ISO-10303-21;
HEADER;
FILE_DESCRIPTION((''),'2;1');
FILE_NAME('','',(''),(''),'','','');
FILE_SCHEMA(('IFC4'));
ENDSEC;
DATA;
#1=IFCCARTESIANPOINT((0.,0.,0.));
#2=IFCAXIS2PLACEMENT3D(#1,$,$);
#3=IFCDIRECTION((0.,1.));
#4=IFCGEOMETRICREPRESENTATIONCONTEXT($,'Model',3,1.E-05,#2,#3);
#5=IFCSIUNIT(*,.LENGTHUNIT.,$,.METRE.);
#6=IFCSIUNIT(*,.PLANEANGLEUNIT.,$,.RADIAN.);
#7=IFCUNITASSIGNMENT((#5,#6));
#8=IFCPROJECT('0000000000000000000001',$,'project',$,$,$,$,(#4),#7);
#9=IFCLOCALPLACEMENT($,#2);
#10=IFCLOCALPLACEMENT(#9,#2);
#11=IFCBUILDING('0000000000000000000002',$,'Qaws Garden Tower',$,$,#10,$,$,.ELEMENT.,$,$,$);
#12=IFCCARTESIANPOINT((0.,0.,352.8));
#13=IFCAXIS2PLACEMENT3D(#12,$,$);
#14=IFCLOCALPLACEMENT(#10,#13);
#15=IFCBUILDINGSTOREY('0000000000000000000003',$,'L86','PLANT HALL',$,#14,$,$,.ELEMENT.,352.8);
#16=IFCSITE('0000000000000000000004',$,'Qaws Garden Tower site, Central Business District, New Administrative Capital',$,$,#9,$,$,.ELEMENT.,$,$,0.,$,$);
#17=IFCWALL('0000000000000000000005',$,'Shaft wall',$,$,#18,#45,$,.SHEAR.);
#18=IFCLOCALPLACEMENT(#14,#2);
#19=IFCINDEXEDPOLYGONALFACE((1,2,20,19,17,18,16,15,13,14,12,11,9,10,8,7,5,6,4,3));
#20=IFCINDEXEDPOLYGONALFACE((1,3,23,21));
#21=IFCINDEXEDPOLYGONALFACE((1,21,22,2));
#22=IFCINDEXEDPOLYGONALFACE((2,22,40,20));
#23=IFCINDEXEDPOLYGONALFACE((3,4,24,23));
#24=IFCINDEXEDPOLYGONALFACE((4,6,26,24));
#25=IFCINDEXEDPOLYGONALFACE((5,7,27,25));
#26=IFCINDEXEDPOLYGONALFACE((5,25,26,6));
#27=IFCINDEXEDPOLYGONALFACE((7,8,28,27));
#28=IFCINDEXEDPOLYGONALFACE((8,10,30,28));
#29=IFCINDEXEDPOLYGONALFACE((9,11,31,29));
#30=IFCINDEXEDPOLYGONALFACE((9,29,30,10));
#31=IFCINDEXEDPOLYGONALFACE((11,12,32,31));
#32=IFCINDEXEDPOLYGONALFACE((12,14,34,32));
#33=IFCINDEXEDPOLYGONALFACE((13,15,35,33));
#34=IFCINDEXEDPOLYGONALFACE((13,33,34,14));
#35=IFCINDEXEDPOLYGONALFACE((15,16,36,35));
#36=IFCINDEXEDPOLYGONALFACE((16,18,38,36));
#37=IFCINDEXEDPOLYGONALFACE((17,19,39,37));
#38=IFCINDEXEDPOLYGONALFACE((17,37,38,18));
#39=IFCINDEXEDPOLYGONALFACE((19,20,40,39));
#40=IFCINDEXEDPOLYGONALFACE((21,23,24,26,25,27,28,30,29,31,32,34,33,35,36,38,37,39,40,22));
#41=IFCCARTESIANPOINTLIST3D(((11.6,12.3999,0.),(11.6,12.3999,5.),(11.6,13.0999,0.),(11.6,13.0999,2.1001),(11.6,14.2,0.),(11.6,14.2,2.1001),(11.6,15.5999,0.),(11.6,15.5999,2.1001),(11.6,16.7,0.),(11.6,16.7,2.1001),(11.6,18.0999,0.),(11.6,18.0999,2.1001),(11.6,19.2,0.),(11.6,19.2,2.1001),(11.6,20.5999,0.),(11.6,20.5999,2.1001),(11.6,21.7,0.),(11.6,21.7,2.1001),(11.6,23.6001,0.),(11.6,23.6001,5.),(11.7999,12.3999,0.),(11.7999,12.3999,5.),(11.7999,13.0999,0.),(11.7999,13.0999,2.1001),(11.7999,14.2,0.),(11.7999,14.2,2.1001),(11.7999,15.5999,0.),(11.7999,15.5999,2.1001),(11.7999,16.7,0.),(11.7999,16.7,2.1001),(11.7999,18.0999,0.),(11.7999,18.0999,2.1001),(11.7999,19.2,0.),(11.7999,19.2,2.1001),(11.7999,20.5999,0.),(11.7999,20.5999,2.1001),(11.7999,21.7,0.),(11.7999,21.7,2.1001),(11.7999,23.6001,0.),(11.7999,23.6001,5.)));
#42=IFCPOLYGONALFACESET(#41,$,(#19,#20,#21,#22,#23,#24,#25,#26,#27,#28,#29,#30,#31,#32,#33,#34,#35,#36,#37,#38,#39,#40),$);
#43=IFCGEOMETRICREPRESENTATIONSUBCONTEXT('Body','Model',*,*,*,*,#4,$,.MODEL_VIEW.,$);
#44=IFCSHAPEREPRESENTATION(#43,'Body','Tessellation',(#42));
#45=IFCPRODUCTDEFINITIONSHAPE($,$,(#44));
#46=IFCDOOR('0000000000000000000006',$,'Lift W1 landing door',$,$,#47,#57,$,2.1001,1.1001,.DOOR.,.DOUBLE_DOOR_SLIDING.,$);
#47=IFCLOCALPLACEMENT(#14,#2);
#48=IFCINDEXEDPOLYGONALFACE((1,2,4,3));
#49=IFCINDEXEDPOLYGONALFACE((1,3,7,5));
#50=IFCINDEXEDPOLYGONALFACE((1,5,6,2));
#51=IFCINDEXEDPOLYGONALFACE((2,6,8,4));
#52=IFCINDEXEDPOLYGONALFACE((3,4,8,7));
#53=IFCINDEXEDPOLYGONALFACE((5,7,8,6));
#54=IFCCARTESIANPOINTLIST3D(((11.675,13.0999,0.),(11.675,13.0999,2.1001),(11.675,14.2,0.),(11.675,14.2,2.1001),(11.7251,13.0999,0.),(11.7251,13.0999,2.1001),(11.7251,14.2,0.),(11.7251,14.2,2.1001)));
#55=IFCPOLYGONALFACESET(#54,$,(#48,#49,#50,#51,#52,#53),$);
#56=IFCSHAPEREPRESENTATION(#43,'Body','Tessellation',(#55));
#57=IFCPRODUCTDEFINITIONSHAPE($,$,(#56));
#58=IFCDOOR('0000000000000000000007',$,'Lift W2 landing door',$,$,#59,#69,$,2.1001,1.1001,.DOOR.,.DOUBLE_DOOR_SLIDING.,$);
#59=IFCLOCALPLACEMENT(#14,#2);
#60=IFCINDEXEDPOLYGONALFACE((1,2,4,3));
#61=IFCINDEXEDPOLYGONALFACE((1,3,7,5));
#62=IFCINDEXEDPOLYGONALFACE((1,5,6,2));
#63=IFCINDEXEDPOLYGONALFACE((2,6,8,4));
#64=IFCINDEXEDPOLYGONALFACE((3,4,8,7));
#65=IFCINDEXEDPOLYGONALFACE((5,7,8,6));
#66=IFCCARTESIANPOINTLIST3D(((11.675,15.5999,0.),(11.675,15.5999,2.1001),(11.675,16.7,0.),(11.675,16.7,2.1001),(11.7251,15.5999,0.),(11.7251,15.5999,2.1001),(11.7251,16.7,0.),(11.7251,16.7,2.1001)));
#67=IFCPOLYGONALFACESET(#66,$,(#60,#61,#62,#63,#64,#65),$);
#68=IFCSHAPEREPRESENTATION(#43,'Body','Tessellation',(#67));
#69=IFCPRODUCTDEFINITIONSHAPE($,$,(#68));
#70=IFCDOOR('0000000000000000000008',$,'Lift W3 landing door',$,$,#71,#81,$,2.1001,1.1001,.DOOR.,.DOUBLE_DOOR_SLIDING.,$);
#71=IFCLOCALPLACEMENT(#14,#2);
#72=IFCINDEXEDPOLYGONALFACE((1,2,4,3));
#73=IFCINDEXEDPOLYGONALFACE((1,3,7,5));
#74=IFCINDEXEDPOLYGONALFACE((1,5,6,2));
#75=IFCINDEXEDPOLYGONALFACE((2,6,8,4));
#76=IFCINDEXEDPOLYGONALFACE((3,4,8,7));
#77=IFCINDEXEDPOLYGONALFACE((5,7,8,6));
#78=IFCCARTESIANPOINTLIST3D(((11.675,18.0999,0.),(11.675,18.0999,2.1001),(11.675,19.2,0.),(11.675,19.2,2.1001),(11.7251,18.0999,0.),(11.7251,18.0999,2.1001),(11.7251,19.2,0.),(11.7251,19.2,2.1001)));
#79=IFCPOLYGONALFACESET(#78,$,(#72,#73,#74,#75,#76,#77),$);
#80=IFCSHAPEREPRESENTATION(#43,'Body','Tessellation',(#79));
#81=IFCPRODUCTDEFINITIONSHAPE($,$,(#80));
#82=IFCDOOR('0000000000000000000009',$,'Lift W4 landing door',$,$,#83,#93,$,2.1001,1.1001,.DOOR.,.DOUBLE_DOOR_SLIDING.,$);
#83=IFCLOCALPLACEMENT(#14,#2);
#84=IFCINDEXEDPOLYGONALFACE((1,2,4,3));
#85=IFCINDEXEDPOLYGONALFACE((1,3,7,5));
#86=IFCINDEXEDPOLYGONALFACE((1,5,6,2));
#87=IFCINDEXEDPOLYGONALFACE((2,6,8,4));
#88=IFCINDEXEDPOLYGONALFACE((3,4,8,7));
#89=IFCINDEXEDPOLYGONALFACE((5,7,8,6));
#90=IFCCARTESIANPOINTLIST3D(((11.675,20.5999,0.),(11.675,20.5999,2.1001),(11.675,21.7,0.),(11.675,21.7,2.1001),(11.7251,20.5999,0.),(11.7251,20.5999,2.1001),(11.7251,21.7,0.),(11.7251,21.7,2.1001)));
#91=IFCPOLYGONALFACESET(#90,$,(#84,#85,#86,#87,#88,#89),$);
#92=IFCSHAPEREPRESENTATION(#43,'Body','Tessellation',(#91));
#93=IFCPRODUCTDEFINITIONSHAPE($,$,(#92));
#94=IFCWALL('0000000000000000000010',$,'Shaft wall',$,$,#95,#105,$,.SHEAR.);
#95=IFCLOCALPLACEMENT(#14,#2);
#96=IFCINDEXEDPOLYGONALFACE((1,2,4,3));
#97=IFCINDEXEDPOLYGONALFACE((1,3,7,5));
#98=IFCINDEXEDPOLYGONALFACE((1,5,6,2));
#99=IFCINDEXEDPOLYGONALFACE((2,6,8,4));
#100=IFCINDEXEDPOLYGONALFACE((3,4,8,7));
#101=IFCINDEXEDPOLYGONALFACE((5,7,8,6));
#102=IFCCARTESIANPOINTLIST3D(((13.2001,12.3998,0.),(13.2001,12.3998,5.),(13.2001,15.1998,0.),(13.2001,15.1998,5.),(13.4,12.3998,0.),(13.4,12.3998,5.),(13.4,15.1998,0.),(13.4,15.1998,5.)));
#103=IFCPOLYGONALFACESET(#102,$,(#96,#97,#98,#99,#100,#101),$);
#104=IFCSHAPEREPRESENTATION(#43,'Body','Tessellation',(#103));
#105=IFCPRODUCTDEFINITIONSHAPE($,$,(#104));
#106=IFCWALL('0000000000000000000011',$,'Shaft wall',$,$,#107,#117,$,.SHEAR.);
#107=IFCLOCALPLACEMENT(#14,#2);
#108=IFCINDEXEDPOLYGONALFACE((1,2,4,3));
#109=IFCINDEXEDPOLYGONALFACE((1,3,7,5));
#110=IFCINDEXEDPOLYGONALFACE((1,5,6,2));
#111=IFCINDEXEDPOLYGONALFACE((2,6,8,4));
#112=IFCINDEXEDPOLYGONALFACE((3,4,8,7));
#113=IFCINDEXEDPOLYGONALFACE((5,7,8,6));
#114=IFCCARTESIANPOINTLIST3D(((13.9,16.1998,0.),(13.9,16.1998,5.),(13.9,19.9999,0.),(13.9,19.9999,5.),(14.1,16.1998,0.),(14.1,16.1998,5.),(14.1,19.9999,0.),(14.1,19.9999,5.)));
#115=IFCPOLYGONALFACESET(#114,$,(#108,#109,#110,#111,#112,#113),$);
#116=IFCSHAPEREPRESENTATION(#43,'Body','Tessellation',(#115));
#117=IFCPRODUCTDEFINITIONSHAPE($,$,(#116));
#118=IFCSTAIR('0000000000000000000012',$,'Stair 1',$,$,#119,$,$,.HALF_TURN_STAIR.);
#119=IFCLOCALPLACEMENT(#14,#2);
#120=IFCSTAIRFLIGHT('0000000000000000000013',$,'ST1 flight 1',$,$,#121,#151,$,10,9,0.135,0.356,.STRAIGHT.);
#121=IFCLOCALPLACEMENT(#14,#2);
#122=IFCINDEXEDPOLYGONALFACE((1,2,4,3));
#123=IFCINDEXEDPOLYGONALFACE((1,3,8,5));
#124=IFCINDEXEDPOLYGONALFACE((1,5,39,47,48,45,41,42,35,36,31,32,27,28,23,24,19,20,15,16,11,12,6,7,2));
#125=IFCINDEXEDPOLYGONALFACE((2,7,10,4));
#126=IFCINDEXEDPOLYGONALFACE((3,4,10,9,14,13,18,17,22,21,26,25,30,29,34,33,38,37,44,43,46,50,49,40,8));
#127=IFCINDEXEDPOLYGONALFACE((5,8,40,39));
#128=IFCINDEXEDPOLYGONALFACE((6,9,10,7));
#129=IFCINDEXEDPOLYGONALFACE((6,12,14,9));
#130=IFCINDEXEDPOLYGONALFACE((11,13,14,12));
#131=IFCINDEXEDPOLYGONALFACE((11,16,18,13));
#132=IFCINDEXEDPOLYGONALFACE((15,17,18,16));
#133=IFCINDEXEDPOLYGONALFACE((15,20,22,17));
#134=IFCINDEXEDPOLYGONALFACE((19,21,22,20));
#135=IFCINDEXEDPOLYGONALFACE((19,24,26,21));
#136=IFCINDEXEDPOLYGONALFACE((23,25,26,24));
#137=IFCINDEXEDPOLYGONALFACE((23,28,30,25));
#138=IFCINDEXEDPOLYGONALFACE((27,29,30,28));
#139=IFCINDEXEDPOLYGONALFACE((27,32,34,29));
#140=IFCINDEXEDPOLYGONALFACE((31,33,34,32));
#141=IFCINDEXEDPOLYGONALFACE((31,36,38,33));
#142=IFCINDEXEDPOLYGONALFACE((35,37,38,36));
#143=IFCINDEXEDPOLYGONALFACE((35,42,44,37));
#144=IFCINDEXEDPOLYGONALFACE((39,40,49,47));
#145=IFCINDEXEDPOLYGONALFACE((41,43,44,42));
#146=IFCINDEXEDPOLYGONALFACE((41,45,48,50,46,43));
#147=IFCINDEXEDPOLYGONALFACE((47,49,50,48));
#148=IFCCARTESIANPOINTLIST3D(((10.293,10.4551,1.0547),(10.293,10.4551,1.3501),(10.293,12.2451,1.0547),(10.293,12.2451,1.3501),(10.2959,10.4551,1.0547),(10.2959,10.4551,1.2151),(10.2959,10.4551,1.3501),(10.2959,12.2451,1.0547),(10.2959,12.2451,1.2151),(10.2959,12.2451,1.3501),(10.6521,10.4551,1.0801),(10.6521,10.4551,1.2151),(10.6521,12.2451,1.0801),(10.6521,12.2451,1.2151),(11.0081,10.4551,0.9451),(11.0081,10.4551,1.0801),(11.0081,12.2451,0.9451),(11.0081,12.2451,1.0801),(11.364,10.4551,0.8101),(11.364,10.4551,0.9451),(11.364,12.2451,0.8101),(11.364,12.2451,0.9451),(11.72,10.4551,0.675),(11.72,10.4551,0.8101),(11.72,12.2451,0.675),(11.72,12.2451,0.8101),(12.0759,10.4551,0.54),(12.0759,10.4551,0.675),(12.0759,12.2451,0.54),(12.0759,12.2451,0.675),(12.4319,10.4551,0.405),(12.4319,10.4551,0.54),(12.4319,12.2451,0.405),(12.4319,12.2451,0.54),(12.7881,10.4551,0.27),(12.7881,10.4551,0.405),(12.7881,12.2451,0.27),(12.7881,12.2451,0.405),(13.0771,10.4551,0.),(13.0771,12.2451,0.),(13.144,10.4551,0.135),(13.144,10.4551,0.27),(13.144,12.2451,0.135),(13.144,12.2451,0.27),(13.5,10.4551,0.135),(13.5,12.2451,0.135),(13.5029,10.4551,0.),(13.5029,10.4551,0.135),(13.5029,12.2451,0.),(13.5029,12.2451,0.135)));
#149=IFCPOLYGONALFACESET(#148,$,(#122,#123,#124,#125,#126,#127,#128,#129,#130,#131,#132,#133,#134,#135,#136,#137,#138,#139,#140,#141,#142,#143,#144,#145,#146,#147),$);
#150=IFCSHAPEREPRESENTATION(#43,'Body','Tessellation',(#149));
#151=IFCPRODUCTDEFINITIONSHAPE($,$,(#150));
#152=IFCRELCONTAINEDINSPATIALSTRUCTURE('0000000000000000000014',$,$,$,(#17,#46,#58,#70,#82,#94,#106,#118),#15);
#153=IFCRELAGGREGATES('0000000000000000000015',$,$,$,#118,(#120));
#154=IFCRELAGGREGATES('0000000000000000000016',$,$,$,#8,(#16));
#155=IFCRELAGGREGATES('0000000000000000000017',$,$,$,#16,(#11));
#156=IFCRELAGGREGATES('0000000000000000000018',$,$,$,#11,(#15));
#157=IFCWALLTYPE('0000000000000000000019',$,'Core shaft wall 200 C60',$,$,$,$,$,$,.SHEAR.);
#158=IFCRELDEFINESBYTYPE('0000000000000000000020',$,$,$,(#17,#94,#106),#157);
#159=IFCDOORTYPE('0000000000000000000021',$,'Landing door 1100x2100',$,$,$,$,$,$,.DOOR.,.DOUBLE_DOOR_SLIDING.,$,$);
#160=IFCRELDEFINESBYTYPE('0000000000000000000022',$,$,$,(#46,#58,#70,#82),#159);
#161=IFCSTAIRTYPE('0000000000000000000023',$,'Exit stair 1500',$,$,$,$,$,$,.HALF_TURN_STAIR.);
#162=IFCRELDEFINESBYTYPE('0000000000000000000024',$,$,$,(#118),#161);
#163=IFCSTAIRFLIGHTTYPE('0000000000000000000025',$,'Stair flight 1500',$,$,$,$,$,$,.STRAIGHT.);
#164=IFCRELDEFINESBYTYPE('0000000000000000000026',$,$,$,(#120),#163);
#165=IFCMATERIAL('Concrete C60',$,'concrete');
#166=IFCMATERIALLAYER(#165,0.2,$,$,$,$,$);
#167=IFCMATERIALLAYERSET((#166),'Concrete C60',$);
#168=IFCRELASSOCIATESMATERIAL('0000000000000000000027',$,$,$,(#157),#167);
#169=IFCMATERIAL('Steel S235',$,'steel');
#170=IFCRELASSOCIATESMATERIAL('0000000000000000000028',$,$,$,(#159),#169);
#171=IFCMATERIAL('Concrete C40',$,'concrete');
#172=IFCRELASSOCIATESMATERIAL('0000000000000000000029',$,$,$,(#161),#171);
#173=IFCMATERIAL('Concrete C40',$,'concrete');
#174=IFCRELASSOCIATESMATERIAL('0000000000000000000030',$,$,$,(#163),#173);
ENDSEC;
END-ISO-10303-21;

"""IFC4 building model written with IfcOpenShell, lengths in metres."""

from ifc_helpers import new_model, si_unit, direction, frame, frame_2d, origin, place, context, subcontext, project, spatial, polyline, rectangle, outline, extrude, material, layer, layer_set, type_object, element, fill, aggregate, save


model = new_model("IFC4")

# Units and contexts
model_context = context("Model", 3, precision=1e-05, world=origin(), true_north=direction((0.0, 1.0)))
body_context = subcontext(model_context, "Body", "Model", "MODEL_VIEW")
ifc_project = project(units=[si_unit("LENGTHUNIT", "METRE"), si_unit("PLANEANGLEUNIT", "RADIAN")], contexts=[model_context])

# Site, building, storey
site_placement = place(None, origin())
site = spatial("IfcSite", under=ifc_project, at=site_placement, Name="Qaws Garden Tower site, Central Business District, New Administrative Capital", CompositionType="ELEMENT", RefElevation=0.0)
building_placement = place(site_placement, origin())
building = spatial("IfcBuilding", under=site, at=building_placement, Name="Qaws Garden Tower", CompositionType="ELEMENT")
storey_placement = place(building_placement, frame((0.0, 0.0, 352.8)))
storey = spatial("IfcBuildingStorey", under=building, at=storey_placement, Name="L86", Description="PLANT HALL", CompositionType="ELEMENT", Elevation=352.8)

# Shared definitions
ifc_material_1 = material(Name="Concrete C60", Category="concrete")
ifc_layer = layer(ifc_material_1, 0.2)
ifc_layer_set = layer_set([ifc_layer], Name="Concrete C60")
wall_type = type_object("IfcWallType", Name="Core shaft wall 200 C60", PredefinedType="SHEAR", material=ifc_layer_set)

# Shared definitions
ifc_material_2 = material(Name="Steel S235", Category="steel")
door_type_1 = type_object("IfcDoorType", Name="Landing door 1100x2100", OperationType="DOUBLE_DOOR_SLIDING", PredefinedType="DOOR", material=ifc_material_2)

# Wall, openings, doors
wall_1_placement = place(storey_placement, frame((11.7, 12.3999, 0.0), z_axis=(0.0, 0.0, 1.0), x_axis=(0.0, 1.0, 0.0)))
wall_1 = element("IfcWall", 1, at=wall_1_placement, inside=storey, type_object=wall_type, Name="Shaft wall", PredefinedType="SHEAR", context=body_context, shape_type="SweptSolid", body=[
    extrude(rectangle(XDim=11.2002, YDim=0.2, at=frame_2d((5.6001, 0.0))), origin(), (0.0, 0.0, 1.0), 5.0),
])
opening_1_placement = place(wall_1_placement, frame((0.7, 0.0, 0.0)))
opening_1 = element("IfcOpeningElement", 2, at=opening_1_placement, cuts=wall_1, PredefinedType="OPENING", context=body_context, shape_type="SweptSolid", body=[
    extrude(rectangle(XDim=1.1001, YDim=2.1001, at=frame_2d((0.55, 1.05))), frame((0.0, 0.1099, 0.0), z_axis=(0.0, -1.0, 0.0), x_axis=(1.0, 0.0, 0.0)), (0.0, 0.0, 1.0), 0.22),
])
opening_2_placement = place(wall_1_placement, frame((3.2, 0.0, 0.0)))
opening_2 = element("IfcOpeningElement", 3, at=opening_2_placement, cuts=wall_1, PredefinedType="OPENING", context=body_context, shape_type="SweptSolid", body=[
    extrude(rectangle(XDim=1.1001, YDim=2.1001, at=frame_2d((0.55, 1.05))), frame((0.0, 0.1099, 0.0), z_axis=(0.0, -1.0, 0.0), x_axis=(1.0, 0.0, 0.0)), (0.0, 0.0, 1.0), 0.22),
])
opening_3_placement = place(wall_1_placement, frame((5.7, 0.0, 0.0)))
opening_3 = element("IfcOpeningElement", 4, at=opening_3_placement, cuts=wall_1, PredefinedType="OPENING", context=body_context, shape_type="SweptSolid", body=[
    extrude(rectangle(XDim=1.1001, YDim=2.1001, at=frame_2d((0.55, 1.05))), frame((0.0, 0.1099, 0.0), z_axis=(0.0, -1.0, 0.0), x_axis=(1.0, 0.0, 0.0)), (0.0, 0.0, 1.0), 0.22),
])
opening_4_placement = place(wall_1_placement, frame((8.2, 0.0, 0.0)))
opening_4 = element("IfcOpeningElement", 5, at=opening_4_placement, cuts=wall_1, PredefinedType="OPENING", context=body_context, shape_type="SweptSolid", body=[
    extrude(rectangle(XDim=1.1001, YDim=2.1001, at=frame_2d((0.55, 1.05))), frame((0.0, 0.1099, 0.0), z_axis=(0.0, -1.0, 0.0), x_axis=(1.0, 0.0, 0.0)), (0.0, 0.0, 1.0), 0.22),
])
door_1_placement = place(opening_1_placement, origin())
door_1 = element("IfcDoor", 6, at=door_1_placement, inside=storey, type_object=door_type_1, Name="Lift W1 landing door", OperationType="DOUBLE_DOOR_SLIDING", OverallHeight=2.1001, OverallWidth=1.1001, PredefinedType="DOOR", context=body_context, shape_type="SweptSolid", body=[
    extrude(rectangle(XDim=1.1001, YDim=2.1001, at=frame_2d((0.55, 1.05))), frame((0.0, 0.0249, 0.0), z_axis=(0.0, -1.0, 0.0), x_axis=(1.0, 0.0, 0.0)), (0.0, 0.0, 1.0), 0.05),
])
fill(opening_1, door_1)
door_2_placement = place(opening_2_placement, origin())
door_2 = element("IfcDoor", 7, at=door_2_placement, inside=storey, type_object=door_type_1, Name="Lift W2 landing door", OperationType="DOUBLE_DOOR_SLIDING", OverallHeight=2.1001, OverallWidth=1.1001, PredefinedType="DOOR", context=body_context, shape_type="SweptSolid", body=[
    extrude(rectangle(XDim=1.1001, YDim=2.1001, at=frame_2d((0.55, 1.05))), frame((0.0, 0.0249, 0.0), z_axis=(0.0, -1.0, 0.0), x_axis=(1.0, 0.0, 0.0)), (0.0, 0.0, 1.0), 0.05),
])
fill(opening_2, door_2)
door_3_placement = place(opening_3_placement, origin())
door_3 = element("IfcDoor", 8, at=door_3_placement, inside=storey, type_object=door_type_1, Name="Lift W3 landing door", OperationType="DOUBLE_DOOR_SLIDING", OverallHeight=2.1001, OverallWidth=1.1001, PredefinedType="DOOR", context=body_context, shape_type="SweptSolid", body=[
    extrude(rectangle(XDim=1.1001, YDim=2.1001, at=frame_2d((0.55, 1.05))), frame((0.0, 0.0249, 0.0), z_axis=(0.0, -1.0, 0.0), x_axis=(1.0, 0.0, 0.0)), (0.0, 0.0, 1.0), 0.05),
])
fill(opening_3, door_3)
door_4_placement = place(opening_4_placement, origin())
door_4 = element("IfcDoor", 9, at=door_4_placement, inside=storey, type_object=door_type_1, Name="Lift W4 landing door", OperationType="DOUBLE_DOOR_SLIDING", OverallHeight=2.1001, OverallWidth=1.1001, PredefinedType="DOOR", context=body_context, shape_type="SweptSolid", body=[
    extrude(rectangle(XDim=1.1001, YDim=2.1001, at=frame_2d((0.55, 1.05))), frame((0.0, 0.0249, 0.0), z_axis=(0.0, -1.0, 0.0), x_axis=(1.0, 0.0, 0.0)), (0.0, 0.0, 1.0), 0.05),
])
fill(opening_4, door_4)

# Walls
wall_2_placement = place(storey_placement, frame((13.3, 12.3999, 0.0), z_axis=(0.0, 0.0, 1.0), x_axis=(0.0, 1.0, 0.0)))
element("IfcWall", 10, at=wall_2_placement, inside=storey, type_object=wall_type, Name="Shaft wall", PredefinedType="SHEAR", context=body_context, shape_type="SweptSolid", body=[
    extrude(rectangle(XDim=2.8, YDim=0.2, at=frame_2d((1.3999, 0.0))), origin(), (0.0, 0.0, 1.0), 5.0),
])
wall_3_placement = place(storey_placement, frame((14.0, 16.2, 0.0), z_axis=(0.0, 0.0, 1.0), x_axis=(0.0, 1.0, 0.0)))
element("IfcWall", 11, at=wall_3_placement, inside=storey, type_object=wall_type, Name="Shaft wall", PredefinedType="SHEAR", context=body_context, shape_type="SweptSolid", body=[
    extrude(rectangle(XDim=3.8, YDim=0.2, at=frame_2d((1.8999, 0.0))), origin(), (0.0, 0.0, 1.0), 5.0),
])

# Stair, stair flight
ifc_material_3 = material(Name="Concrete C40", Category="concrete")
stair_type = type_object("IfcStairType", Name="Exit stair 1500", PredefinedType="HALF_TURN_STAIR", material=ifc_material_3)
stair_placement = place(storey_placement, origin())
stair = element("IfcStair", 12, at=stair_placement, inside=storey, type_object=stair_type, Name="Stair 1", PredefinedType="HALF_TURN_STAIR")
ifc_material_4 = material(Name="Concrete C40", Category="concrete")
stair_flight_type = type_object("IfcStairFlightType", Name="Stair flight 1500", PredefinedType="STRAIGHT", material=ifc_material_4)
stair_flight_1_placement = place(storey_placement, frame((13.5, 11.3501, 0.0), z_axis=(0.0, 0.0, 1.0), x_axis=(-1.0, 0.0, 0.0)))
stair_flight_1 = element("IfcStairFlight", 13, at=stair_flight_1_placement, type_object=stair_flight_type, Name="ST1 flight 1", NumberOfRisers=10, NumberOfTreads=9, PredefinedType="STRAIGHT", RiserHeight=0.135, TreadLength=0.356, context=body_context, shape_type="SweptSolid", body=[
    extrude(outline(polyline([(-0.0029, 0.0), (-0.0029, 0.135), (0.0, 0.135), (0.356, 0.135), (0.356, 0.27), (0.7119, 0.27), (0.7119, 0.405), (1.0681, 0.405), (1.0681, 0.54), (1.4241, 0.54), (1.4241, 0.675), (1.78, 0.675), (1.78, 0.8101), (2.136, 0.8101), (2.136, 0.9451), (2.4919, 0.9451), (2.4919, 1.0801), (2.8479, 1.0801), (2.8479, 1.2151), (3.2041, 1.2151), (3.2041, 1.3501), (3.207, 1.3501), (3.207, 1.0547), (3.2041, 1.0547), (0.4229, 0.0), (-0.0029, 0.0)])), frame((0.0, 0.895, 0.0), z_axis=(0.0, -1.0, 0.0), x_axis=(1.0, 0.0, 0.0)), (0.0, 0.0, 1.0), 1.79),
])
aggregate(stair, [stair_flight_1])

save(model, "model.ifc")
